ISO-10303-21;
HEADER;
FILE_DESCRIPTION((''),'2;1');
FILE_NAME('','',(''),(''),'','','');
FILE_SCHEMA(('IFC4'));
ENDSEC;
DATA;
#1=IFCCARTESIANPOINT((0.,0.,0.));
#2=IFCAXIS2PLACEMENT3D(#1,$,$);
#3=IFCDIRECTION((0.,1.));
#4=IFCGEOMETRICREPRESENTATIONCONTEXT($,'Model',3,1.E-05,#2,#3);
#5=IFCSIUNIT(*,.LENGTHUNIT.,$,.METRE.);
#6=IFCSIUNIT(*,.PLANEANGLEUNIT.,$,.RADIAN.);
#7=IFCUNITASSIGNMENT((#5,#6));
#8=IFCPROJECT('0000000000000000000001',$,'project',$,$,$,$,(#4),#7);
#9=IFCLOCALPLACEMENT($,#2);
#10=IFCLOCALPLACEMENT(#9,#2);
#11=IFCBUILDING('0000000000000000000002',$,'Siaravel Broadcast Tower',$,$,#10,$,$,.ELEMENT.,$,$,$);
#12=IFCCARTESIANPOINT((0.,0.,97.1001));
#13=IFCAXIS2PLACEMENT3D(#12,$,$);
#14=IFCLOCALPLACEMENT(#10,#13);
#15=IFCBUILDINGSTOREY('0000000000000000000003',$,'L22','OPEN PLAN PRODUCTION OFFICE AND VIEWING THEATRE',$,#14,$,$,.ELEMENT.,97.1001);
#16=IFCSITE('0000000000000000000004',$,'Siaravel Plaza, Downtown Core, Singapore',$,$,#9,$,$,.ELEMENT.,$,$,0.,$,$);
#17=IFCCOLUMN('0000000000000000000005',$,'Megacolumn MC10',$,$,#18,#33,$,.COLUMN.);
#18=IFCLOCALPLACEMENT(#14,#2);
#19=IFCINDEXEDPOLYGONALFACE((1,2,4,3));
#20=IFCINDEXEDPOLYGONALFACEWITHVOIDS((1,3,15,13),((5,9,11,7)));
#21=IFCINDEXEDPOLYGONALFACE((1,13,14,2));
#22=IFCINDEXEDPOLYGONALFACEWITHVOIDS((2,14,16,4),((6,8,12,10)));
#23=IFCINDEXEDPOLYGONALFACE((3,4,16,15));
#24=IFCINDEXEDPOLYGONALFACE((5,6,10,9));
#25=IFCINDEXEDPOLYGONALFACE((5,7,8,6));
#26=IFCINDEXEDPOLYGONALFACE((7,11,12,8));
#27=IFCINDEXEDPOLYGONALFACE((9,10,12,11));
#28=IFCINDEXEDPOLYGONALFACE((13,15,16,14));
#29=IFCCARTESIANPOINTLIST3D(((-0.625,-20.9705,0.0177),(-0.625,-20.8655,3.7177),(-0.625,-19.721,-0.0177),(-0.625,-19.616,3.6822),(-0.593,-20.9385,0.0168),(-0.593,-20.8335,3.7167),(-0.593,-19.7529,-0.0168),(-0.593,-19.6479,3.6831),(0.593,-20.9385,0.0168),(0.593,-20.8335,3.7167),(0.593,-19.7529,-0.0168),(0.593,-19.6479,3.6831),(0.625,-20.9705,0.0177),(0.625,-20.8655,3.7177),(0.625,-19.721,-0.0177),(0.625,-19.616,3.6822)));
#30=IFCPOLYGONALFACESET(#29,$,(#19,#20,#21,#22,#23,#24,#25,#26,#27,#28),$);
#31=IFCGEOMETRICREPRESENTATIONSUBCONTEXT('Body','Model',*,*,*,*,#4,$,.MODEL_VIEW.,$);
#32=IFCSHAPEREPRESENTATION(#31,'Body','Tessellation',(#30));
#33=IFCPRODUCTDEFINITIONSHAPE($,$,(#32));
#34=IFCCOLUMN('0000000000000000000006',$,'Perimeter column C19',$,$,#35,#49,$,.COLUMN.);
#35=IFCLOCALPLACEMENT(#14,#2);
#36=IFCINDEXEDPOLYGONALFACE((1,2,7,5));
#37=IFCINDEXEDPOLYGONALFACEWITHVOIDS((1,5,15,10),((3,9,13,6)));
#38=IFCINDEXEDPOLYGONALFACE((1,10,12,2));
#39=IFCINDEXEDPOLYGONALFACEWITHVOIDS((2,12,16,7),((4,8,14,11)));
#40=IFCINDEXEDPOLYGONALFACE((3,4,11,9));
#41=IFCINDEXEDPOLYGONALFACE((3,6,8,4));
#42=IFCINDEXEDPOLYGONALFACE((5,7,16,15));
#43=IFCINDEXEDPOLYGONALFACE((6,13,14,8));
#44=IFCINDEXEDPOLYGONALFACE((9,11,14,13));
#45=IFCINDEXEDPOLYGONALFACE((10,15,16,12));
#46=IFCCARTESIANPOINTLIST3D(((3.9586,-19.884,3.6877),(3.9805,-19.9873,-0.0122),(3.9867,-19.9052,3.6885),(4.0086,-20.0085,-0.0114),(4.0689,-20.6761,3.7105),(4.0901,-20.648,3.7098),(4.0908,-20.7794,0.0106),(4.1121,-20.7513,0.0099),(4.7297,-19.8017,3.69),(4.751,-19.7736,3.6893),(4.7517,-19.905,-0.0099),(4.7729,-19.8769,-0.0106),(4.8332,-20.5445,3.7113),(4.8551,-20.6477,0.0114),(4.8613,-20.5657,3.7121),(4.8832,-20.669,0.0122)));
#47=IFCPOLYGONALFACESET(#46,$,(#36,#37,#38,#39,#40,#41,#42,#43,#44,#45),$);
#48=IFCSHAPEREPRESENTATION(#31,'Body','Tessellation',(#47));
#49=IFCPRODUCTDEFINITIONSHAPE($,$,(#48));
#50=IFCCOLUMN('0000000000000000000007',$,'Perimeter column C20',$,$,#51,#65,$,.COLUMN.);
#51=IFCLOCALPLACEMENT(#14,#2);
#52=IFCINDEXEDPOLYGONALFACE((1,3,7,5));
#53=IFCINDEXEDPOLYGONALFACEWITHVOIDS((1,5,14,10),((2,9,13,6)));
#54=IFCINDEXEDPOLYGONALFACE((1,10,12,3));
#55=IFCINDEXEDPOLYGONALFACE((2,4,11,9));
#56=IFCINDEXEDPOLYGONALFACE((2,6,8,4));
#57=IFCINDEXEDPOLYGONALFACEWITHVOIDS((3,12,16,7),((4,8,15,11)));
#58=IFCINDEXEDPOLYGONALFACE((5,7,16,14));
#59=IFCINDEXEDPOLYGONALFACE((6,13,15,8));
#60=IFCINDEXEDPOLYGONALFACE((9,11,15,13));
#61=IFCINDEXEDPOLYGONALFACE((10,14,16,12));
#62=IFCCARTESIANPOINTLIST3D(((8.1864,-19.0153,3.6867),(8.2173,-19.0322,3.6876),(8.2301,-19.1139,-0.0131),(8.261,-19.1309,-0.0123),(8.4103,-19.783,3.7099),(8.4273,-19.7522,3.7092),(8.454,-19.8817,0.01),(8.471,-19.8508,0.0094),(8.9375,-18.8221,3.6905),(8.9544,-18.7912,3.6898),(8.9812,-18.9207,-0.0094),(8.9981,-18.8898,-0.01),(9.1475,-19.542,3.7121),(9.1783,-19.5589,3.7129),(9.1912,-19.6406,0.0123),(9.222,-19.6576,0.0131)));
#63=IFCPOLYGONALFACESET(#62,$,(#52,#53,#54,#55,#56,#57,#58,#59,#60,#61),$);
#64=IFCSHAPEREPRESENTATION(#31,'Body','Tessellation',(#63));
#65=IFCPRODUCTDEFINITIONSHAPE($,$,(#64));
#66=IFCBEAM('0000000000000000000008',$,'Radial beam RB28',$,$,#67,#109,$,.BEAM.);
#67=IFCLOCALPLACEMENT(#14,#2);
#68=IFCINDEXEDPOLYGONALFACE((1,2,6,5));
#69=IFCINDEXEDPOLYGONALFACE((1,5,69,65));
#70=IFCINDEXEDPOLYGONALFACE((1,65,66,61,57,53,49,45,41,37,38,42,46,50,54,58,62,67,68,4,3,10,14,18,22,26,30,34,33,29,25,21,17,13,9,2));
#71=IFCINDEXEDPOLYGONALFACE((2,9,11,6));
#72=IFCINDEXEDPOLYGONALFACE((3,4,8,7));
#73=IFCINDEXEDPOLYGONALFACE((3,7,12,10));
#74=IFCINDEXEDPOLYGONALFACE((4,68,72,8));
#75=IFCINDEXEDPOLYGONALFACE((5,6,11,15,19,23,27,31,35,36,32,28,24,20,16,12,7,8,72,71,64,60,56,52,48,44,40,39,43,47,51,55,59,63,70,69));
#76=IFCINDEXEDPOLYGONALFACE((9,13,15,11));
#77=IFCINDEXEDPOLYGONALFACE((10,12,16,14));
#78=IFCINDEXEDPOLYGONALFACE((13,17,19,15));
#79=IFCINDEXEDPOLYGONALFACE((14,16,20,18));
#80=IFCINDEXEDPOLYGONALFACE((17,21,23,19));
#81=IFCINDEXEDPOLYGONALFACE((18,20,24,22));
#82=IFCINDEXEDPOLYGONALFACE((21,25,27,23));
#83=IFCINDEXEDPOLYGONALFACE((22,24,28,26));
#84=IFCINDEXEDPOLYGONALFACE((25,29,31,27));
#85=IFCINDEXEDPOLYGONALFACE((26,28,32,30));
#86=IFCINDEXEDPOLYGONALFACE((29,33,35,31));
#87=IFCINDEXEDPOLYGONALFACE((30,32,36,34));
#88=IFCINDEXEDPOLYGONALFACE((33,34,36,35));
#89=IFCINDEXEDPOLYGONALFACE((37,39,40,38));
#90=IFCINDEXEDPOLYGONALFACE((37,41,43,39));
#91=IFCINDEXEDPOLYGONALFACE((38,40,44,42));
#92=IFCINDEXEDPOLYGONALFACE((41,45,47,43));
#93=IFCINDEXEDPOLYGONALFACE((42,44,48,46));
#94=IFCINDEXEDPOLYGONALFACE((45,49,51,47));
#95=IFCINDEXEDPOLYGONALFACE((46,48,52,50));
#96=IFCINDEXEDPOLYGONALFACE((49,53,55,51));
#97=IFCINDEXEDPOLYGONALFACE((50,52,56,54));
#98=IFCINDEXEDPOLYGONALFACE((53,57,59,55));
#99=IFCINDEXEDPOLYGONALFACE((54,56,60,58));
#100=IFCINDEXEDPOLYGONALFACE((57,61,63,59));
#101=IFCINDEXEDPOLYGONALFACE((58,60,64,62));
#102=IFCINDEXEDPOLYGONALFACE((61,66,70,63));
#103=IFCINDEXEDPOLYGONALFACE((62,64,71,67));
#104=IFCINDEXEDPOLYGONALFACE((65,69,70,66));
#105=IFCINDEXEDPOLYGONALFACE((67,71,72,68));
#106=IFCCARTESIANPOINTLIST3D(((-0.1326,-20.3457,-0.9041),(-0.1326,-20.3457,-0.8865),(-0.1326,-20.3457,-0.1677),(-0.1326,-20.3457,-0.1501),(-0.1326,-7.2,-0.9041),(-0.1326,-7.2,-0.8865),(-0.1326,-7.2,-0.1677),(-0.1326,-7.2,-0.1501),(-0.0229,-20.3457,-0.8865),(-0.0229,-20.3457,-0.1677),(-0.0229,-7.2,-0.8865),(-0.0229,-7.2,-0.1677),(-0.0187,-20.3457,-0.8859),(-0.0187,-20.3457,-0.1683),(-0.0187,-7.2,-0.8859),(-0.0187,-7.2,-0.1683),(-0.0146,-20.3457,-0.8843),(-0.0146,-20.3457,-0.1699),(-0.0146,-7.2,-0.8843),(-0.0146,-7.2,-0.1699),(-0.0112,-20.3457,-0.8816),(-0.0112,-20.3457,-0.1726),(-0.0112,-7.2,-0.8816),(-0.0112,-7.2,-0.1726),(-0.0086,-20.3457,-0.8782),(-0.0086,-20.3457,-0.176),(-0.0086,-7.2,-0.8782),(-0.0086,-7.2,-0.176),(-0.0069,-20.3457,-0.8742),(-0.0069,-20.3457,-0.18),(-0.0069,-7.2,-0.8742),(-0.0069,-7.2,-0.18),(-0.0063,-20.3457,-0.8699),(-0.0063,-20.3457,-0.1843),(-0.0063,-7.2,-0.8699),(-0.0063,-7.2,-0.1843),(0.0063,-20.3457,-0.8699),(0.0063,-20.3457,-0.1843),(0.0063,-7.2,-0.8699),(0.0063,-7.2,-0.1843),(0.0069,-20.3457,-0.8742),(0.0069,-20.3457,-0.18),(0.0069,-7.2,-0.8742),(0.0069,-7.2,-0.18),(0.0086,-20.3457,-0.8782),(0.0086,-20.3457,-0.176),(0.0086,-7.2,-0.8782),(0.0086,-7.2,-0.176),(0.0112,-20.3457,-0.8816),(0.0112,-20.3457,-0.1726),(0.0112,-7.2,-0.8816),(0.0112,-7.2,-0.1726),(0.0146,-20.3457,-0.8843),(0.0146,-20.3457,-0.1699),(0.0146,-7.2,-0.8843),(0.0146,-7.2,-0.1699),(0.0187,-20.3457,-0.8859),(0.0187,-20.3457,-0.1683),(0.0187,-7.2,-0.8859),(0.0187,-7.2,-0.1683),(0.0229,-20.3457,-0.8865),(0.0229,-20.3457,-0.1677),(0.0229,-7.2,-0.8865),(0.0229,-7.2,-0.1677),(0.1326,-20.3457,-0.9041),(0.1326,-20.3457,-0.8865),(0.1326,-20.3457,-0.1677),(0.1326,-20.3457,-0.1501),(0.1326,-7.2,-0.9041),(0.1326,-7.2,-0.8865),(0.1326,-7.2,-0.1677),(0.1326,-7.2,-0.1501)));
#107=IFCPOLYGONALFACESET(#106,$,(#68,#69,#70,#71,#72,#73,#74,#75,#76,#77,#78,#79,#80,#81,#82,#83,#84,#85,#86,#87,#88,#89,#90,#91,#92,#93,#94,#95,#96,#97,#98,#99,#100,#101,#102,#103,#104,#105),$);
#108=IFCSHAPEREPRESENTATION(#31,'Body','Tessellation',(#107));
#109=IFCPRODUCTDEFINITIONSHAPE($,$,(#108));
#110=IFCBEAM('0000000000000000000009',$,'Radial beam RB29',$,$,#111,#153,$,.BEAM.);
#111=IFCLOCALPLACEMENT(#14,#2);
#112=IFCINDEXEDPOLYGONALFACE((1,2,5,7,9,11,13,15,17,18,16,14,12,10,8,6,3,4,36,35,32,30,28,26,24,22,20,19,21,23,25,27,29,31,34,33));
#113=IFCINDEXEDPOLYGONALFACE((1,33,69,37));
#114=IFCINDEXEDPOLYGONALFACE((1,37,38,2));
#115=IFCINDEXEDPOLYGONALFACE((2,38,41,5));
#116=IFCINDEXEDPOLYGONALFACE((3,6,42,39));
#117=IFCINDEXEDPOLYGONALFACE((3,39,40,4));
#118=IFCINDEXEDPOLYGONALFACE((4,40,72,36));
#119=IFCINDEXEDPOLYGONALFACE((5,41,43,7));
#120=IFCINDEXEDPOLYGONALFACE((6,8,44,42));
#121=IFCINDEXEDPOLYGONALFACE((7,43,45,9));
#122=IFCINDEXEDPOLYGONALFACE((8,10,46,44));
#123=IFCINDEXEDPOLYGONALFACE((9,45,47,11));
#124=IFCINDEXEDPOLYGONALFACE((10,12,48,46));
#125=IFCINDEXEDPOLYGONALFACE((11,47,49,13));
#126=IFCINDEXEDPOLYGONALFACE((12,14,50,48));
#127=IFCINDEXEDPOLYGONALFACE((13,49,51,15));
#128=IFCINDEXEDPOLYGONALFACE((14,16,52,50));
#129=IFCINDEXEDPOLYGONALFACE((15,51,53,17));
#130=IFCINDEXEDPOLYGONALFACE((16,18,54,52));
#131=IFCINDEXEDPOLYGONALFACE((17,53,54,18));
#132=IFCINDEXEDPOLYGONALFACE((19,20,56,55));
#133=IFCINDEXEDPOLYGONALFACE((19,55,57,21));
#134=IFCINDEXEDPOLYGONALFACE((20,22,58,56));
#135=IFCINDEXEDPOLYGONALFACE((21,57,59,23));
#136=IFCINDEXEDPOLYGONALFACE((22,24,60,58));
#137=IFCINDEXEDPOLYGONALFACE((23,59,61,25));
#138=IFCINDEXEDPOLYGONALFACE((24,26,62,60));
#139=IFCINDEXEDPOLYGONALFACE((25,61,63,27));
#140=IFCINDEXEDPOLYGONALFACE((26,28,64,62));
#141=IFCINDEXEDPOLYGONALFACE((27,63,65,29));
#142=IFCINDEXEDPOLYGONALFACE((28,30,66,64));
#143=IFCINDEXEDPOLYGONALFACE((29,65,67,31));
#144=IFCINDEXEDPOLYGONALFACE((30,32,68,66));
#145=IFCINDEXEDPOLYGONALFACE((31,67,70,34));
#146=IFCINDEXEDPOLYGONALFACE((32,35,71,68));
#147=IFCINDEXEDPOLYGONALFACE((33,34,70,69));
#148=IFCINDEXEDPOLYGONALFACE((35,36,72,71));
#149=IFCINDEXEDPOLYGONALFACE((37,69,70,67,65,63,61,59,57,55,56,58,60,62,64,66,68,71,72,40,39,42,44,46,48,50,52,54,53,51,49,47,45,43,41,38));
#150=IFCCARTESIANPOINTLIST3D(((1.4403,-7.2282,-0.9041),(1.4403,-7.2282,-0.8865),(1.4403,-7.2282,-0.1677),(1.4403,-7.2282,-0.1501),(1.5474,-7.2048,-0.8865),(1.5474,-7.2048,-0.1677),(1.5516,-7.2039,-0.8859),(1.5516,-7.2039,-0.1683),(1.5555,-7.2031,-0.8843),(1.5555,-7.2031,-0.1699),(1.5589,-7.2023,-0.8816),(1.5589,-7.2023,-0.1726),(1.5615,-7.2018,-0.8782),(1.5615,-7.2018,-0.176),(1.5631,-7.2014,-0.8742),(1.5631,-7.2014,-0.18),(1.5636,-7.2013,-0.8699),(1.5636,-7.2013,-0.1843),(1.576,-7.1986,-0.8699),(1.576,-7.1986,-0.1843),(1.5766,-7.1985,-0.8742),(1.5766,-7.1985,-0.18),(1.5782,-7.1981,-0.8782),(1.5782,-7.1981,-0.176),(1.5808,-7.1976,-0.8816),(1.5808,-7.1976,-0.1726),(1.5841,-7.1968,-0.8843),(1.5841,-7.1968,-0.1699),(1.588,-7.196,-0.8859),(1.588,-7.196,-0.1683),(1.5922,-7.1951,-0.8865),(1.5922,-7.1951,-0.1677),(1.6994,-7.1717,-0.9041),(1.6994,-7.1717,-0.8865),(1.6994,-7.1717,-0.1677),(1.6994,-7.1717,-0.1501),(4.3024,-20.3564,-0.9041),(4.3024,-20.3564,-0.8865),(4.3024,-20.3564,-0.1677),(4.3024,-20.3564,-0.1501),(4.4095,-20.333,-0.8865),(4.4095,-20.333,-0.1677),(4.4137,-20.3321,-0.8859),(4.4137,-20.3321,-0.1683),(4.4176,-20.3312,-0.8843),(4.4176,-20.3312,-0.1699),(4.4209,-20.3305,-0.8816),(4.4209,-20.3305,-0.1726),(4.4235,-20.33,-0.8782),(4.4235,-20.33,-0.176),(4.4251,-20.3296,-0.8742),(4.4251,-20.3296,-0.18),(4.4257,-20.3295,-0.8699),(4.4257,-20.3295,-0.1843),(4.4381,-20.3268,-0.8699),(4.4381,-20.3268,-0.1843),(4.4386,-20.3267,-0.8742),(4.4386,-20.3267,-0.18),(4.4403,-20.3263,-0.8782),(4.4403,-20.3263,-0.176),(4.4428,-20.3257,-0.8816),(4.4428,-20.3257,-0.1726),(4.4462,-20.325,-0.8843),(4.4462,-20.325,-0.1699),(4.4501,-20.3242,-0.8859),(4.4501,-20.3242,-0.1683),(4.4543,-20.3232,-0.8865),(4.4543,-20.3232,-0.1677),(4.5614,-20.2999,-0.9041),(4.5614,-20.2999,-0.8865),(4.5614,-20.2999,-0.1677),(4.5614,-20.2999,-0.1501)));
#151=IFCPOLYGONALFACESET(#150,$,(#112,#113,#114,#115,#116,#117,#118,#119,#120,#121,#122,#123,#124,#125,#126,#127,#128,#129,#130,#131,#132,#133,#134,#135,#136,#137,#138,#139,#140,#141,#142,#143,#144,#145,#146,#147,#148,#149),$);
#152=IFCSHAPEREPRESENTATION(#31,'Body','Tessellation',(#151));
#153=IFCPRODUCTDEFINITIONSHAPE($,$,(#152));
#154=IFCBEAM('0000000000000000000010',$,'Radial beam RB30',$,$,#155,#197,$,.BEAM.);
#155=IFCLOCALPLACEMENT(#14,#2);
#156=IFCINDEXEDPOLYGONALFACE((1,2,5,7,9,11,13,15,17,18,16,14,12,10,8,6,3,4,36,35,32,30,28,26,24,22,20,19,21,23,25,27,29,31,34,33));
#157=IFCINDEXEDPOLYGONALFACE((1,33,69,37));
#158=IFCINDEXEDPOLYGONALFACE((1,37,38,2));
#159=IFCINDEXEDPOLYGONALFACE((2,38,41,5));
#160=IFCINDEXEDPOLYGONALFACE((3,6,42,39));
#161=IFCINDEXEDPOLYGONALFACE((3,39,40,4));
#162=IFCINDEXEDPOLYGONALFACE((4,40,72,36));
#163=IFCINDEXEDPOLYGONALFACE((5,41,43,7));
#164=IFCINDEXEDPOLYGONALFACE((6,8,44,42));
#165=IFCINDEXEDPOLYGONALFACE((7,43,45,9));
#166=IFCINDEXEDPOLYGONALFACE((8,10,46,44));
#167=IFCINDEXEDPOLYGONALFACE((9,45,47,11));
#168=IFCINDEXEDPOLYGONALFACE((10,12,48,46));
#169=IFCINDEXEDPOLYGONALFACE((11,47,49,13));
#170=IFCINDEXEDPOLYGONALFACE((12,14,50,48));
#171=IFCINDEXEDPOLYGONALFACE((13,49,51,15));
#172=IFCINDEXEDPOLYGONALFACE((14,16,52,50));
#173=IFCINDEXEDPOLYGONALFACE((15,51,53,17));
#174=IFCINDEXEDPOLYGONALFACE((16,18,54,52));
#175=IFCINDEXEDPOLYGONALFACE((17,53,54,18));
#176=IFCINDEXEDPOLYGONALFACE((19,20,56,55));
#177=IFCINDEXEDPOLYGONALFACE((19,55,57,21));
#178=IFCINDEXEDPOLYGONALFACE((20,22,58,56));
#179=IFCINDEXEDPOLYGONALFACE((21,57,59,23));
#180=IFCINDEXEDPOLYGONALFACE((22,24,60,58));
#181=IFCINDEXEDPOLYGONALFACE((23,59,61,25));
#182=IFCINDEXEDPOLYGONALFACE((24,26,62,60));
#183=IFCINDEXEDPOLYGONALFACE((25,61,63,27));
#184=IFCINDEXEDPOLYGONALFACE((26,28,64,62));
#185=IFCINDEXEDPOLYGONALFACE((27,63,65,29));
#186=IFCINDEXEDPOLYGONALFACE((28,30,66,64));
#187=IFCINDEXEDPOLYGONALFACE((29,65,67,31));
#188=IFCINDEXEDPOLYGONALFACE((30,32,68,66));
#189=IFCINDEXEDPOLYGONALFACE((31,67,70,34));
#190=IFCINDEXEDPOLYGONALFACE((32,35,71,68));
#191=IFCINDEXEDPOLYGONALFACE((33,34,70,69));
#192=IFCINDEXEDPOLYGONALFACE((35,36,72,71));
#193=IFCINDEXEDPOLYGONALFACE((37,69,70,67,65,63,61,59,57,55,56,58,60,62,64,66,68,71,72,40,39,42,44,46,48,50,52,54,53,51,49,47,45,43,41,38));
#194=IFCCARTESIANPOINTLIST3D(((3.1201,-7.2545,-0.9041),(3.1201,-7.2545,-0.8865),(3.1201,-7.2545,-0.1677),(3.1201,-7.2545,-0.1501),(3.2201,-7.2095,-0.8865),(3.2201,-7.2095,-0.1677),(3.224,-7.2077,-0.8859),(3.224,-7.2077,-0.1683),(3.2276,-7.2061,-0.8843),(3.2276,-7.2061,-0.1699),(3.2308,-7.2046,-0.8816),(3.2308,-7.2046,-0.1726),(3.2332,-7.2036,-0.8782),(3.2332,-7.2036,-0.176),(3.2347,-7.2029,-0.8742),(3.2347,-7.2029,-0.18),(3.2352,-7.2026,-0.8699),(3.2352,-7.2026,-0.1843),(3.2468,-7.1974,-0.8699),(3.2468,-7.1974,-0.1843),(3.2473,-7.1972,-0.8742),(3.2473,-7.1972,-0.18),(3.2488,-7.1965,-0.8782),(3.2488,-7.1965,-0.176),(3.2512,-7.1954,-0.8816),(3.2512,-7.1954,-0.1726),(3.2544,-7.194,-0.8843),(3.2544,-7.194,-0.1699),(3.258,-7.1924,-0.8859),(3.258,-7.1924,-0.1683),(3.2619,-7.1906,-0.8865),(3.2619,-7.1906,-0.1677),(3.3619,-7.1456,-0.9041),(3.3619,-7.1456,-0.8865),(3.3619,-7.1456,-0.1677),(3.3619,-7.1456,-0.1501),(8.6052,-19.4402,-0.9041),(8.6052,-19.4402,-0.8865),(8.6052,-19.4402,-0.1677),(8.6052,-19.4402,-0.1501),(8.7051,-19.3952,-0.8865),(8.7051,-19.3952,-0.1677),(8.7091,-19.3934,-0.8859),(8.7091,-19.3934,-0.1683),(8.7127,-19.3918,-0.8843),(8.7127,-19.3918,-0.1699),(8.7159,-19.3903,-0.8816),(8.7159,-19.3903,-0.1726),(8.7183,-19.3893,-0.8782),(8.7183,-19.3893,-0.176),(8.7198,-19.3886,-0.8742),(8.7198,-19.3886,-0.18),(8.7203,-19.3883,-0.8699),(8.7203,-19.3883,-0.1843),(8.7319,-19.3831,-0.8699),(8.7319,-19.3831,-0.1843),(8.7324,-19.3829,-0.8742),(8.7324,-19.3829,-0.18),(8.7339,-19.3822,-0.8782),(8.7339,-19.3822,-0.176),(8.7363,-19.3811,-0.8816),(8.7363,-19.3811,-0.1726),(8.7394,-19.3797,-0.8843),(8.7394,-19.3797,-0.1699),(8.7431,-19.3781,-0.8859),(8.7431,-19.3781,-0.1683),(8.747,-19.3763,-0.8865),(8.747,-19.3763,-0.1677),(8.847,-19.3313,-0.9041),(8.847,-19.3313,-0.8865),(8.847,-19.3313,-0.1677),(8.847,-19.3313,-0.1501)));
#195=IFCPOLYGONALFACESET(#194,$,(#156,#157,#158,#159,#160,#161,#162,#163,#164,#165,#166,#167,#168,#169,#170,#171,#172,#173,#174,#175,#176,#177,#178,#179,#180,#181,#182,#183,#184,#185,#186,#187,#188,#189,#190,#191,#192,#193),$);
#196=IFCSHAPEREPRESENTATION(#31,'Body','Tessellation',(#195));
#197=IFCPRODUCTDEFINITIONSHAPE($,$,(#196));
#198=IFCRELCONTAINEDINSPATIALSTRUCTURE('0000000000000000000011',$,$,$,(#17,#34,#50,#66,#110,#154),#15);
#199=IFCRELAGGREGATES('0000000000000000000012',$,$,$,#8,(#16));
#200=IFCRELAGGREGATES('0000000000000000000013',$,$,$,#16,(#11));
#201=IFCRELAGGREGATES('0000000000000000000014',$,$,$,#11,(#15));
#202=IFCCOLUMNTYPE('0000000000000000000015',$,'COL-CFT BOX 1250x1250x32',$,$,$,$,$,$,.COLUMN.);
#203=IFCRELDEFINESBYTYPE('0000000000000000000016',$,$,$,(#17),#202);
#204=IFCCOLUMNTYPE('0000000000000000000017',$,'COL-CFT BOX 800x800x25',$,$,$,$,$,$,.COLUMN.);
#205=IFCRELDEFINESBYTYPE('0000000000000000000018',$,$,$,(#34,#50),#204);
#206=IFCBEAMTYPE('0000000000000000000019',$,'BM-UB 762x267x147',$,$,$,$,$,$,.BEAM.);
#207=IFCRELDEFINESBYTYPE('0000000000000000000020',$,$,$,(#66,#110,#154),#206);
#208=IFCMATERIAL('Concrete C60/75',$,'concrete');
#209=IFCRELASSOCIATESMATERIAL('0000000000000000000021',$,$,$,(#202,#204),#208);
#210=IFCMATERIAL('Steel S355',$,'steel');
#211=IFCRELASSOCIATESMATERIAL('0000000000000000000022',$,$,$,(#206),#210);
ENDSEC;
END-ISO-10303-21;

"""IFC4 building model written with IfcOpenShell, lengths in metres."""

from ifc_helpers import new_model, si_unit, direction, frame, origin, origin_2d, place, context, subcontext, project, spatial, hollow_rectangle, i_section, extrude, material, material_profile, profile_set, type_object, element, save


model = new_model("IFC4")

# Units and contexts
model_context = context("Model", 3, precision=1e-05, world=origin(), true_north=direction((0.0, 1.0)))
body_context = subcontext(model_context, "Body", "Model", "MODEL_VIEW")
ifc_project = project(units=[si_unit("LENGTHUNIT", "METRE"), si_unit("PLANEANGLEUNIT", "RADIAN")], contexts=[model_context])

# Site, building, storey
site_placement = place(None, origin())
site = spatial("IfcSite", under=ifc_project, at=site_placement, Name="Siaravel Plaza, Downtown Core, Singapore", CompositionType="ELEMENT", RefElevation=0.0)
building_placement = place(site_placement, origin())
building = spatial("IfcBuilding", under=site, at=building_placement, Name="Siaravel Broadcast Tower", CompositionType="ELEMENT")
storey_placement = place(building_placement, frame((0.0, 0.0, 97.1001)))
storey = spatial("IfcBuildingStorey", under=building, at=storey_placement, Name="L22", Description="OPEN PLAN PRODUCTION OFFICE AND VIEWING THEATRE", CompositionType="ELEMENT", Elevation=97.1001)

# Columns
ifc_material_1 = material(Name="Concrete C60/75", Category="concrete")
ifc_material_profile_1 = material_profile(ifc_material_1, hollow_rectangle(XDim=1.25, YDim=1.25, WallThickness=0.032, at=origin_2d()))
ifc_profile_set_1 = profile_set([ifc_material_profile_1], Name="Concrete C60/75")
column_type_1 = type_object("IfcColumnType", Name="COL-CFT BOX 1250x1250x32", PredefinedType="COLUMN", material=ifc_profile_set_1)
column_placement = place(storey_placement, frame((0.0, -20.3457, 0.0), z_axis=(0.0, 0.028362, 0.999598), x_axis=(-1.0, 0.0, 0.0)))
element("IfcColumn", 1, at=column_placement, inside=storey, type_object=column_type_1, Name="Megacolumn MC10", PredefinedType="COLUMN", context=body_context, shape_type="SweptSolid", body=[
    extrude(hollow_rectangle(XDim=1.25, YDim=1.25, WallThickness=0.032, at=origin_2d()), origin(), (0.0, 0.0, 1.0), 3.7014),
])
ifc_material_profile_2 = material_profile(ifc_material_1, hollow_rectangle(XDim=0.8, YDim=0.8, WallThickness=0.0249, at=origin_2d()))
ifc_profile_set_2 = profile_set([ifc_material_profile_2], Name="Concrete C60/75")
column_type_2 = type_object("IfcColumnType", Name="COL-CFT BOX 800x800x25", PredefinedType="COLUMN", material=ifc_profile_set_2)
for number, where, z_axis, x_axis, name in (
    (2, (4.4319, -20.3281, 0.0), (-0.005936, 0.0279, 0.999593), (-0.99043, -0.138, -0.00203), "Perimeter column C19"),
    (3, (8.7261, -19.3857, 0.0), (-0.011806, 0.026647, 0.999575), (-0.95996, -0.28011, -0.003871), "Perimeter column C20"),
):
    element("IfcColumn", number, at=place(storey_placement, frame(where, z_axis=z_axis, x_axis=x_axis)), inside=storey, type_object=column_type_2, Name=name, PredefinedType="COLUMN", context=body_context, shape_type="SweptSolid", body=[
        extrude(hollow_rectangle(XDim=0.8, YDim=0.8, WallThickness=0.0249, at=origin_2d()), origin(), (0.0, 0.0, 1.0), 3.7014),
    ])

# Beams
ifc_material_2 = material(Name="Steel S355", Category="steel")
ifc_material_profile_3 = material_profile(ifc_material_2, i_section(OverallWidth=0.2651, OverallDepth=0.7539, WebThickness=0.0127, FlangeThickness=0.0176, FilletRadius=0.0166, at=origin_2d()))
ifc_profile_set_3 = profile_set([ifc_material_profile_3], Name="Steel S355")
beam_type = type_object("IfcBeamType", Name="BM-UB 762x267x147", PredefinedType="BEAM", material=ifc_profile_set_3)
beam_1_placement = place(storey_placement, frame((0.0, -20.3457, -0.5271), z_axis=(0.0, 1.0, 0.0), x_axis=(-1.0, 0.0, 0.0)))
element("IfcBeam", 4, at=beam_1_placement, inside=storey, type_object=beam_type, Name="Radial beam RB28", PredefinedType="BEAM", context=body_context, shape_type="SweptSolid", body=[
    extrude(i_section(OverallWidth=0.2651, OverallDepth=0.7539, WebThickness=0.0127, FlangeThickness=0.0176, FilletRadius=0.0166, at=origin_2d()), origin(), (0.0, 0.0, 1.0), 13.1458),
])
beam_2_placement = place(storey_placement, frame((4.4319, -20.3281, -0.5271), z_axis=(-0.213006, 0.977051, 0.0), x_axis=(-0.977051, -0.213006, 0.0)))
element("IfcBeam", 5, at=beam_2_placement, inside=storey, type_object=beam_type, Name="Radial beam RB29", PredefinedType="BEAM", context=body_context, shape_type="SweptSolid", body=[
    extrude(i_section(OverallWidth=0.2651, OverallDepth=0.7539, WebThickness=0.0127, FlangeThickness=0.0176, FilletRadius=0.0166, at=origin_2d()), origin(), (0.0, 0.0, 1.0), 13.4365),
])
beam_3_placement = place(storey_placement, frame((8.7261, -19.3857, -0.5271), z_axis=(-0.410458, 0.911879, 0.0), x_axis=(-0.911879, -0.410458, 0.0)))
element("IfcBeam", 6, at=beam_3_placement, inside=storey, type_object=beam_type, Name="Radial beam RB30", PredefinedType="BEAM", context=body_context, shape_type="SweptSolid", body=[
    extrude(i_section(OverallWidth=0.2651, OverallDepth=0.7539, WebThickness=0.0127, FlangeThickness=0.0176, FilletRadius=0.0166, at=origin_2d()), origin(), (0.0, 0.0, 1.0), 13.3633),
])

save(model, "model.ifc")
